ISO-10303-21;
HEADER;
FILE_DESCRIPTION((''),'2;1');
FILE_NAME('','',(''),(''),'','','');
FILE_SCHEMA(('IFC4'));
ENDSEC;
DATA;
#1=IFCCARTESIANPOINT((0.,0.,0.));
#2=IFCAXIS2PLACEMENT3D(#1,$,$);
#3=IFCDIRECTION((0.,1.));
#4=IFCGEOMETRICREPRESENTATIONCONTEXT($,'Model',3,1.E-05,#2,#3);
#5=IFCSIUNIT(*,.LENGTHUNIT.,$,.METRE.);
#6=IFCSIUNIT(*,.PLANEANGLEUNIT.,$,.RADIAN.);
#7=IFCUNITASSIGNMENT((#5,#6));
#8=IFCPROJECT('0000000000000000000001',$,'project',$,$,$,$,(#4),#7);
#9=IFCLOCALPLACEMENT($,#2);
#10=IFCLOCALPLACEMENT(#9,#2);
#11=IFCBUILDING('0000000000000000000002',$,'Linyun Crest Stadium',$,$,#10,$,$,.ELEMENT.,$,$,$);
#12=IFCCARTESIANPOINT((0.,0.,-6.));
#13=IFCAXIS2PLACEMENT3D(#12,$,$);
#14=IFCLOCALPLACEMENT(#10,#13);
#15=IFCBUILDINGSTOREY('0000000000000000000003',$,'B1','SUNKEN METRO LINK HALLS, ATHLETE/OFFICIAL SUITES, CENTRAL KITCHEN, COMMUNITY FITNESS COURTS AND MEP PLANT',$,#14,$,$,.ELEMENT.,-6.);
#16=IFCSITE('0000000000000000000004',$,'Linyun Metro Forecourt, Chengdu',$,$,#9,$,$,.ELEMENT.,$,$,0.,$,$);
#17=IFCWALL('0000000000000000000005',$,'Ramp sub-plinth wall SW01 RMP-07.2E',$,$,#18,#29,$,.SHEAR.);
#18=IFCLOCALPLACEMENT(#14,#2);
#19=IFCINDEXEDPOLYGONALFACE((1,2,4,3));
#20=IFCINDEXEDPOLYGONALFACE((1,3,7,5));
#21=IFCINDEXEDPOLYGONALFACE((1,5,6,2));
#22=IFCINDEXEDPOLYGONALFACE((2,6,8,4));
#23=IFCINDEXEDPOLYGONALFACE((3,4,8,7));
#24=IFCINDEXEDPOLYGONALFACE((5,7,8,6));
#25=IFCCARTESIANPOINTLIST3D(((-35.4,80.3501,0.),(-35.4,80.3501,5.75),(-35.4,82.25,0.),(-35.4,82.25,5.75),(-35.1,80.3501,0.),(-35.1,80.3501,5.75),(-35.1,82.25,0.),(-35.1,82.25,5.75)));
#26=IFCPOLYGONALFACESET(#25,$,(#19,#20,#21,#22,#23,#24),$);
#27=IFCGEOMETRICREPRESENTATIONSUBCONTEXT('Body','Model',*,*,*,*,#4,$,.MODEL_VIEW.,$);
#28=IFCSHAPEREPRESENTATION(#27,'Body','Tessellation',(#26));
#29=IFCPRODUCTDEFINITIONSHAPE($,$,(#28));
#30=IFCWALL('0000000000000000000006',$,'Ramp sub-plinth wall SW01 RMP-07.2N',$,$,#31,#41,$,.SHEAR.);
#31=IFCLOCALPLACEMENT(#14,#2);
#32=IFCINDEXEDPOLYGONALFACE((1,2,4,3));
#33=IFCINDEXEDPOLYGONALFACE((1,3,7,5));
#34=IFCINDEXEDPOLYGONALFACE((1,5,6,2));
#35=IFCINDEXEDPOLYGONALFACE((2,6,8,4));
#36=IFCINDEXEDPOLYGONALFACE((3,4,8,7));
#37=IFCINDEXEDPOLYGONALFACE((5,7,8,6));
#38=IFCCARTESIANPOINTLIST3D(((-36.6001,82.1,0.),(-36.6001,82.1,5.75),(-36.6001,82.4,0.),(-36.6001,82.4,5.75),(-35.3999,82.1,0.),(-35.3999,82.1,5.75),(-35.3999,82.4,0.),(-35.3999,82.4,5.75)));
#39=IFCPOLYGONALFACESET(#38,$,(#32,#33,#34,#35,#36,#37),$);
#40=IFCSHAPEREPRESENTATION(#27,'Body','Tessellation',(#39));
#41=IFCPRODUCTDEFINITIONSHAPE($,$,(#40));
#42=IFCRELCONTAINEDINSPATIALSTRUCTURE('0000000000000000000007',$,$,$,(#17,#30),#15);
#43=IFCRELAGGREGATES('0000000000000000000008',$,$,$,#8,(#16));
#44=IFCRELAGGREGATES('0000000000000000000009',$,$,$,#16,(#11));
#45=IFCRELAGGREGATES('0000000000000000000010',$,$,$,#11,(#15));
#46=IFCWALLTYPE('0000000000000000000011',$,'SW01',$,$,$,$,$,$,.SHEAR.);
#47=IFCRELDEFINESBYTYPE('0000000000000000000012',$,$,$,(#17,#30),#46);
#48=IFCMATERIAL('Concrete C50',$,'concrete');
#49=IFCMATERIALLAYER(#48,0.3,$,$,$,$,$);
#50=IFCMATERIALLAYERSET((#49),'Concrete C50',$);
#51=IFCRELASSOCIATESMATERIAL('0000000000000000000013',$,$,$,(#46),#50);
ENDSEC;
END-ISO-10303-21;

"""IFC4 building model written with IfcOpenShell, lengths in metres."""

from ifc_helpers import new_model, si_unit, direction, frame, frame_2d, origin, place, context, subcontext, project, spatial, rectangle, extrude, material, layer, layer_set, type_object, element, save


model = new_model("IFC4")

# Units and contexts
model_context = context("Model", 3, precision=1e-05, world=origin(), true_north=direction((0.0, 1.0)))
body_context = subcontext(model_context, "Body", "Model", "MODEL_VIEW")
ifc_project = project(units=[si_unit("LENGTHUNIT", "METRE"), si_unit("PLANEANGLEUNIT", "RADIAN")], contexts=[model_context])

# Site, building, storey
site_placement = place(None, origin())
site = spatial("IfcSite", under=ifc_project, at=site_placement, Name="Linyun Metro Forecourt, Chengdu", CompositionType="ELEMENT", RefElevation=0.0)
building_placement = place(site_placement, origin())
building = spatial("IfcBuilding", under=site, at=building_placement, Name="Linyun Crest Stadium", CompositionType="ELEMENT")
storey_placement = place(building_placement, frame((0.0, 0.0, -6.0)))
storey = spatial("IfcBuildingStorey", under=building, at=storey_placement, Name="B1", Description="SUNKEN METRO LINK HALLS, ATHLETE/OFFICIAL SUITES, CENTRAL KITCHEN, COMMUNITY FITNESS COURTS AND MEP PLANT", CompositionType="ELEMENT", Elevation=-6.0)

# Walls
ifc_material_1 = material(Name="Concrete C50", Category="concrete")
ifc_layer = layer(ifc_material_1, 0.3)
ifc_layer_set = layer_set([ifc_layer], Name="Concrete C50")
wall_type = type_object("IfcWallType", Name="SW01", PredefinedType="SHEAR", material=ifc_layer_set)
for number, where, z_axis, x_axis, name in (
    (1, (-35.25, 80.3501, 0.0), (0.0, 0.0, 1.0), (0.0, 1.0, 0.0), "Ramp sub-plinth wall SW01 RMP-07.2E"),
):
    element("IfcWall", number, at=place(storey_placement, frame(where, z_axis=z_axis, x_axis=x_axis)), inside=storey, type_object=wall_type, Name=name, PredefinedType="SHEAR", context=body_context, shape_type="SweptSolid", body=[
        extrude(rectangle(XDim=1.8999, YDim=0.3, at=frame_2d((0.95, 0.0))), origin(), (0.0, 0.0, 1.0), 5.75),
    ])
wall_1_placement = place(storey_placement, frame((-36.6001, 82.25, 0.0), z_axis=(0.0, 0.0, 1.0), x_axis=(1.0, 0.0, 0.0)))
element("IfcWall", 2, at=wall_1_placement, inside=storey, type_object=wall_type, Name="Ramp sub-plinth wall SW01 RMP-07.2N", PredefinedType="SHEAR", context=body_context, shape_type="SweptSolid", body=[
    extrude(rectangle(XDim=1.2002, YDim=0.3, at=frame_2d((0.6001, 0.0))), origin(), (0.0, 0.0, 1.0), 5.75),
])

save(model, "model.ifc")
